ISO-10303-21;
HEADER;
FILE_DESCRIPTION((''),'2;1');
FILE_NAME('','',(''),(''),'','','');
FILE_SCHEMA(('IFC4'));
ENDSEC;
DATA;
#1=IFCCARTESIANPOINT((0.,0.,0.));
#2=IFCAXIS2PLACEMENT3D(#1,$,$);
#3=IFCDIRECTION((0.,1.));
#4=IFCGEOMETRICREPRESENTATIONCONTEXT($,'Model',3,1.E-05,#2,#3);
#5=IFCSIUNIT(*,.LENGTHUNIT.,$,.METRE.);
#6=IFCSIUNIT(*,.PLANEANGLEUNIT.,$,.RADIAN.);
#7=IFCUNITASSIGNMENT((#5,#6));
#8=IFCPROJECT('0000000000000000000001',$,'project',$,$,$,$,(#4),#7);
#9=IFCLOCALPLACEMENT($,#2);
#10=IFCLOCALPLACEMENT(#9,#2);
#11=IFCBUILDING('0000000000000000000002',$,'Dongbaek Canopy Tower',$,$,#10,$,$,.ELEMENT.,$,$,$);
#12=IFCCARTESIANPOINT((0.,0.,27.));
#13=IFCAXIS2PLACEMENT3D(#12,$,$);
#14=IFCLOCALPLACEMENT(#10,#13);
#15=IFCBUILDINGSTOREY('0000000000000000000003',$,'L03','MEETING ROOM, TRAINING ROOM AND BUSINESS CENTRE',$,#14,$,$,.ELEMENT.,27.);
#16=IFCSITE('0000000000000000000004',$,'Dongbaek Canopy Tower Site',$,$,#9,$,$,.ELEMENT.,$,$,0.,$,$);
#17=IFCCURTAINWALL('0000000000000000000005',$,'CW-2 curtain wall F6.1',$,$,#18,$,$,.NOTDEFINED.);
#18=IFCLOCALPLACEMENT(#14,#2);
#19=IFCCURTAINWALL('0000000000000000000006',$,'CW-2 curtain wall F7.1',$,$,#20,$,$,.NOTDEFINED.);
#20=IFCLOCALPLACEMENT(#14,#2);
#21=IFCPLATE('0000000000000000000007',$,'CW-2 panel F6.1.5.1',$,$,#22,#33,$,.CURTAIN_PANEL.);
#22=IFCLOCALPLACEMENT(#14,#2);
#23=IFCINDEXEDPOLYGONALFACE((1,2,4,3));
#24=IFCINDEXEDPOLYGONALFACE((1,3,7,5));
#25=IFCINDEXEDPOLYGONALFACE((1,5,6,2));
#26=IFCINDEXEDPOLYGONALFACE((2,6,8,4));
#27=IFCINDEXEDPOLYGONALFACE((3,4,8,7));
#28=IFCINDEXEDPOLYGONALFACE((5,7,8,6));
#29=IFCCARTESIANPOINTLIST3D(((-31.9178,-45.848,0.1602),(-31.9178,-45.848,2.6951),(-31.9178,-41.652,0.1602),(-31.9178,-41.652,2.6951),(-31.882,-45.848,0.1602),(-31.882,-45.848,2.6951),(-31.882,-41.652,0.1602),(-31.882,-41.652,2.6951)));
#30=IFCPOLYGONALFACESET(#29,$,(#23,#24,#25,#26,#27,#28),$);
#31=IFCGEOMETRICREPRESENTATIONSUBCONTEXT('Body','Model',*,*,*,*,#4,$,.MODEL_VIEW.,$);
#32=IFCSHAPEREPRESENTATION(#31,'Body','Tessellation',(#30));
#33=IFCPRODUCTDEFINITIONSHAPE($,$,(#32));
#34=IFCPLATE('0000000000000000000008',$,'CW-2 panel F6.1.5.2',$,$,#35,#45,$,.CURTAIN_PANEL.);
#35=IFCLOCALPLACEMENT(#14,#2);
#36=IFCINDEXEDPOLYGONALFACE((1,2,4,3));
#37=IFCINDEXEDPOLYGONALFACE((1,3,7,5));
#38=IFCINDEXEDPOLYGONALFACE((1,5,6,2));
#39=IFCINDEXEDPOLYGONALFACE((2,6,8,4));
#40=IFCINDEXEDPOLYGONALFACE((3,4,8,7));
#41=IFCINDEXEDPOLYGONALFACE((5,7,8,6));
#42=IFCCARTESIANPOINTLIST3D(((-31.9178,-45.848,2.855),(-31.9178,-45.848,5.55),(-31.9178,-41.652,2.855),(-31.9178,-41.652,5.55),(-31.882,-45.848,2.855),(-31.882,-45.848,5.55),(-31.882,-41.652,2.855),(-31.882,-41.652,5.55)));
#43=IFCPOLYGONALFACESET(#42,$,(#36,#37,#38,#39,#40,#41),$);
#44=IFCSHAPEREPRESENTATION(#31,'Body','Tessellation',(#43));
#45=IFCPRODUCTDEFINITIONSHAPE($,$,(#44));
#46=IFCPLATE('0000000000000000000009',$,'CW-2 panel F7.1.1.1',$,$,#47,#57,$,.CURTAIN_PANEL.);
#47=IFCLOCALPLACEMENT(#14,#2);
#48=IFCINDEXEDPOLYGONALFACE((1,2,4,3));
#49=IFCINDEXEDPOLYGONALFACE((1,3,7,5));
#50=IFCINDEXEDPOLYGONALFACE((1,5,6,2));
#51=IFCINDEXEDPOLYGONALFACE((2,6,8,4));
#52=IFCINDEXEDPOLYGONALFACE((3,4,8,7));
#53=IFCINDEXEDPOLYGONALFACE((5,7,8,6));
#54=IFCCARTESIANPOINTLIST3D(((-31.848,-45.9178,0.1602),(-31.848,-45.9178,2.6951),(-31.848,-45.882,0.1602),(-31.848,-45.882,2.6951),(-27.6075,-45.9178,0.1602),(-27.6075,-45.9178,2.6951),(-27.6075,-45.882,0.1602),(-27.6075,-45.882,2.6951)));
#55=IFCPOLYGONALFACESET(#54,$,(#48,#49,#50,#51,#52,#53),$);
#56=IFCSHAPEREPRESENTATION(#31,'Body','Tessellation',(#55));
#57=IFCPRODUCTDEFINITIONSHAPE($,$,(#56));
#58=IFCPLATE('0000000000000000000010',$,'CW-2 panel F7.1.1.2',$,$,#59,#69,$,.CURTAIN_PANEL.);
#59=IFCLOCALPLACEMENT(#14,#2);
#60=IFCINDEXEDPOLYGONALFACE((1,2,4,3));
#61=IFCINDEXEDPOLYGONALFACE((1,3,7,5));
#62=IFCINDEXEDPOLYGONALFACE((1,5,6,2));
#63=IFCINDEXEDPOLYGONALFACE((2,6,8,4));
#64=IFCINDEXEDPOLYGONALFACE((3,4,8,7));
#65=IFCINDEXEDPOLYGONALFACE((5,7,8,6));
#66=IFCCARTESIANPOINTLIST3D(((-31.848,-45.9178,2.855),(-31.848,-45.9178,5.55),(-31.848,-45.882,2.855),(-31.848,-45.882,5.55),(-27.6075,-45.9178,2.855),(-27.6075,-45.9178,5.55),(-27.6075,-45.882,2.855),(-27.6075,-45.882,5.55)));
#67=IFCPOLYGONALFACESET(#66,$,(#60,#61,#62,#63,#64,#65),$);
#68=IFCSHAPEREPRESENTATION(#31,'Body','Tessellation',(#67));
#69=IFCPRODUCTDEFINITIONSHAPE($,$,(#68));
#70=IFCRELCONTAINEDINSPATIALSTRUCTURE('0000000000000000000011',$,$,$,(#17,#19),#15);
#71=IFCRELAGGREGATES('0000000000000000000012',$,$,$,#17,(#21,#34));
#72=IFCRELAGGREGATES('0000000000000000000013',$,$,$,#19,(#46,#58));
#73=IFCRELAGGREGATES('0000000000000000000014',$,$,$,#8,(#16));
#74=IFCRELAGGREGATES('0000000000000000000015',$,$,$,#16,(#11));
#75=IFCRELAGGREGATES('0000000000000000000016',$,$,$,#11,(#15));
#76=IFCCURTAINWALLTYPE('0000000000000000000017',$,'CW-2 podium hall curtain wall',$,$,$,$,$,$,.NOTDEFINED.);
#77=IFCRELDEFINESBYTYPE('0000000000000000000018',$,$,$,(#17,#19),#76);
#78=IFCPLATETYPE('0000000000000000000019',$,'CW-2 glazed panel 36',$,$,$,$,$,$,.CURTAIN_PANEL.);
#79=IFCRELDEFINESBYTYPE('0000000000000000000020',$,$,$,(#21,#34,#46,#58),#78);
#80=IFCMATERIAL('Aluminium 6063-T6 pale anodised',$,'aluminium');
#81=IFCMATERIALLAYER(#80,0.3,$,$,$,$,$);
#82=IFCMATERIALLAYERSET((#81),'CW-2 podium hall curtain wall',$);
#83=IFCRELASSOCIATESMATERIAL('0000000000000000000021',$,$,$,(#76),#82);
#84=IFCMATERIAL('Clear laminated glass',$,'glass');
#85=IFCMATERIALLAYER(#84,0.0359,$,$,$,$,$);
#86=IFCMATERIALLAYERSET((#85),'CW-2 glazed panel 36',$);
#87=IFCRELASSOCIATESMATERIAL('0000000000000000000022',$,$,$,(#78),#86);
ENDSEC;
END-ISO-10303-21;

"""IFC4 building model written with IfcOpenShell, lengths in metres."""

from ifc_helpers import new_model, si_unit, direction, frame, origin, origin_2d, place, context, subcontext, project, spatial, rectangle, extrude, material, layer, layer_set, type_object, element, aggregate, save


model = new_model("IFC4")

# Units and contexts
model_context = context("Model", 3, precision=1e-05, world=origin(), true_north=direction((0.0, 1.0)))
body_context = subcontext(model_context, "Body", "Model", "MODEL_VIEW")
ifc_project = project(units=[si_unit("LENGTHUNIT", "METRE"), si_unit("PLANEANGLEUNIT", "RADIAN")], contexts=[model_context])

# Site, building, storey
site_placement = place(None, origin())
site = spatial("IfcSite", under=ifc_project, at=site_placement, Name="Dongbaek Canopy Tower Site", CompositionType="ELEMENT", RefElevation=0.0)
building_placement = place(site_placement, origin())
building = spatial("IfcBuilding", under=site, at=building_placement, Name="Dongbaek Canopy Tower", CompositionType="ELEMENT")
storey_placement = place(building_placement, frame((0.0, 0.0, 27.0)))
storey = spatial("IfcBuildingStorey", under=building, at=storey_placement, Name="L03", Description="MEETING ROOM, TRAINING ROOM AND BUSINESS CENTRE", CompositionType="ELEMENT", Elevation=27.0)

# Shared definitions
ifc_material_1 = material(Name="Aluminium 6063-T6 pale anodised", Category="aluminium")
ifc_layer_1 = layer(ifc_material_1, 0.3)
ifc_layer_set_1 = layer_set([ifc_layer_1], Name="CW-2 podium hall curtain wall")
curtain_wall_type = type_object("IfcCurtainWallType", Name="CW-2 podium hall curtain wall", PredefinedType="NOTDEFINED", material=ifc_layer_set_1)

# Curtain wall
curtain_wall_1_placement = place(storey_placement, origin())
curtain_wall_1 = element("IfcCurtainWall", 1, at=curtain_wall_1_placement, inside=storey, type_object=curtain_wall_type, Name="CW-2 curtain wall F6.1", PredefinedType="NOTDEFINED")

# Curtain wall
curtain_wall_2_placement = place(storey_placement, origin())
curtain_wall_2 = element("IfcCurtainWall", 2, at=curtain_wall_2_placement, inside=storey, type_object=curtain_wall_type, Name="CW-2 curtain wall F7.1", PredefinedType="NOTDEFINED")

# Plates
ifc_material_2 = material(Name="Clear laminated glass", Category="glass")
ifc_layer_2 = layer(ifc_material_2, 0.0359)
ifc_layer_set_2 = layer_set([ifc_layer_2], Name="CW-2 glazed panel 36")
plate_type = type_object("IfcPlateType", Name="CW-2 glazed panel 36", PredefinedType="CURTAIN_PANEL", material=ifc_layer_set_2)
plate_1_placement = place(storey_placement, frame((-31.8999, -43.75, 0.1602), z_axis=(0.0, 0.0, 1.0), x_axis=(0.0, -1.0, 0.0)))
plate_1 = element("IfcPlate", 3, at=plate_1_placement, type_object=plate_type, Name="CW-2 panel F6.1.5.1", PredefinedType="CURTAIN_PANEL", context=body_context, shape_type="SweptSolid", body=[
    extrude(rectangle(XDim=4.196, YDim=0.0359, at=origin_2d()), origin(), (0.0, 0.0, 1.0), 2.5349),
])
plate_2_placement = place(storey_placement, frame((-31.8999, -43.75, 2.855), z_axis=(0.0, 0.0, 1.0), x_axis=(0.0, -1.0, 0.0)))
plate_2 = element("IfcPlate", 4, at=plate_2_placement, type_object=plate_type, Name="CW-2 panel F6.1.5.2", PredefinedType="CURTAIN_PANEL", context=body_context, shape_type="SweptSolid", body=[
    extrude(rectangle(XDim=4.196, YDim=0.0359, at=origin_2d()), origin(), (0.0, 0.0, 1.0), 2.6951),
])
aggregate(curtain_wall_1, [plate_1, plate_2])
plate_3_placement = place(storey_placement, frame((-29.7278, -45.8999, 0.1602), z_axis=(0.0, 0.0, 1.0), x_axis=(1.0, 0.0, 0.0)))
plate_3 = element("IfcPlate", 5, at=plate_3_placement, type_object=plate_type, Name="CW-2 panel F7.1.1.1", PredefinedType="CURTAIN_PANEL", context=body_context, shape_type="SweptSolid", body=[
    extrude(rectangle(XDim=4.2405, YDim=0.0359, at=origin_2d()), origin(), (0.0, 0.0, 1.0), 2.5349),
])
plate_4_placement = place(storey_placement, frame((-29.7278, -45.8999, 2.855), z_axis=(0.0, 0.0, 1.0), x_axis=(1.0, 0.0, 0.0)))
plate_4 = element("IfcPlate", 6, at=plate_4_placement, type_object=plate_type, Name="CW-2 panel F7.1.1.2", PredefinedType="CURTAIN_PANEL", context=body_context, shape_type="SweptSolid", body=[
    extrude(rectangle(XDim=4.2405, YDim=0.0359, at=origin_2d()), origin(), (0.0, 0.0, 1.0), 2.6951),
])
aggregate(curtain_wall_2, [plate_3, plate_4])

save(model, "model.ifc")
